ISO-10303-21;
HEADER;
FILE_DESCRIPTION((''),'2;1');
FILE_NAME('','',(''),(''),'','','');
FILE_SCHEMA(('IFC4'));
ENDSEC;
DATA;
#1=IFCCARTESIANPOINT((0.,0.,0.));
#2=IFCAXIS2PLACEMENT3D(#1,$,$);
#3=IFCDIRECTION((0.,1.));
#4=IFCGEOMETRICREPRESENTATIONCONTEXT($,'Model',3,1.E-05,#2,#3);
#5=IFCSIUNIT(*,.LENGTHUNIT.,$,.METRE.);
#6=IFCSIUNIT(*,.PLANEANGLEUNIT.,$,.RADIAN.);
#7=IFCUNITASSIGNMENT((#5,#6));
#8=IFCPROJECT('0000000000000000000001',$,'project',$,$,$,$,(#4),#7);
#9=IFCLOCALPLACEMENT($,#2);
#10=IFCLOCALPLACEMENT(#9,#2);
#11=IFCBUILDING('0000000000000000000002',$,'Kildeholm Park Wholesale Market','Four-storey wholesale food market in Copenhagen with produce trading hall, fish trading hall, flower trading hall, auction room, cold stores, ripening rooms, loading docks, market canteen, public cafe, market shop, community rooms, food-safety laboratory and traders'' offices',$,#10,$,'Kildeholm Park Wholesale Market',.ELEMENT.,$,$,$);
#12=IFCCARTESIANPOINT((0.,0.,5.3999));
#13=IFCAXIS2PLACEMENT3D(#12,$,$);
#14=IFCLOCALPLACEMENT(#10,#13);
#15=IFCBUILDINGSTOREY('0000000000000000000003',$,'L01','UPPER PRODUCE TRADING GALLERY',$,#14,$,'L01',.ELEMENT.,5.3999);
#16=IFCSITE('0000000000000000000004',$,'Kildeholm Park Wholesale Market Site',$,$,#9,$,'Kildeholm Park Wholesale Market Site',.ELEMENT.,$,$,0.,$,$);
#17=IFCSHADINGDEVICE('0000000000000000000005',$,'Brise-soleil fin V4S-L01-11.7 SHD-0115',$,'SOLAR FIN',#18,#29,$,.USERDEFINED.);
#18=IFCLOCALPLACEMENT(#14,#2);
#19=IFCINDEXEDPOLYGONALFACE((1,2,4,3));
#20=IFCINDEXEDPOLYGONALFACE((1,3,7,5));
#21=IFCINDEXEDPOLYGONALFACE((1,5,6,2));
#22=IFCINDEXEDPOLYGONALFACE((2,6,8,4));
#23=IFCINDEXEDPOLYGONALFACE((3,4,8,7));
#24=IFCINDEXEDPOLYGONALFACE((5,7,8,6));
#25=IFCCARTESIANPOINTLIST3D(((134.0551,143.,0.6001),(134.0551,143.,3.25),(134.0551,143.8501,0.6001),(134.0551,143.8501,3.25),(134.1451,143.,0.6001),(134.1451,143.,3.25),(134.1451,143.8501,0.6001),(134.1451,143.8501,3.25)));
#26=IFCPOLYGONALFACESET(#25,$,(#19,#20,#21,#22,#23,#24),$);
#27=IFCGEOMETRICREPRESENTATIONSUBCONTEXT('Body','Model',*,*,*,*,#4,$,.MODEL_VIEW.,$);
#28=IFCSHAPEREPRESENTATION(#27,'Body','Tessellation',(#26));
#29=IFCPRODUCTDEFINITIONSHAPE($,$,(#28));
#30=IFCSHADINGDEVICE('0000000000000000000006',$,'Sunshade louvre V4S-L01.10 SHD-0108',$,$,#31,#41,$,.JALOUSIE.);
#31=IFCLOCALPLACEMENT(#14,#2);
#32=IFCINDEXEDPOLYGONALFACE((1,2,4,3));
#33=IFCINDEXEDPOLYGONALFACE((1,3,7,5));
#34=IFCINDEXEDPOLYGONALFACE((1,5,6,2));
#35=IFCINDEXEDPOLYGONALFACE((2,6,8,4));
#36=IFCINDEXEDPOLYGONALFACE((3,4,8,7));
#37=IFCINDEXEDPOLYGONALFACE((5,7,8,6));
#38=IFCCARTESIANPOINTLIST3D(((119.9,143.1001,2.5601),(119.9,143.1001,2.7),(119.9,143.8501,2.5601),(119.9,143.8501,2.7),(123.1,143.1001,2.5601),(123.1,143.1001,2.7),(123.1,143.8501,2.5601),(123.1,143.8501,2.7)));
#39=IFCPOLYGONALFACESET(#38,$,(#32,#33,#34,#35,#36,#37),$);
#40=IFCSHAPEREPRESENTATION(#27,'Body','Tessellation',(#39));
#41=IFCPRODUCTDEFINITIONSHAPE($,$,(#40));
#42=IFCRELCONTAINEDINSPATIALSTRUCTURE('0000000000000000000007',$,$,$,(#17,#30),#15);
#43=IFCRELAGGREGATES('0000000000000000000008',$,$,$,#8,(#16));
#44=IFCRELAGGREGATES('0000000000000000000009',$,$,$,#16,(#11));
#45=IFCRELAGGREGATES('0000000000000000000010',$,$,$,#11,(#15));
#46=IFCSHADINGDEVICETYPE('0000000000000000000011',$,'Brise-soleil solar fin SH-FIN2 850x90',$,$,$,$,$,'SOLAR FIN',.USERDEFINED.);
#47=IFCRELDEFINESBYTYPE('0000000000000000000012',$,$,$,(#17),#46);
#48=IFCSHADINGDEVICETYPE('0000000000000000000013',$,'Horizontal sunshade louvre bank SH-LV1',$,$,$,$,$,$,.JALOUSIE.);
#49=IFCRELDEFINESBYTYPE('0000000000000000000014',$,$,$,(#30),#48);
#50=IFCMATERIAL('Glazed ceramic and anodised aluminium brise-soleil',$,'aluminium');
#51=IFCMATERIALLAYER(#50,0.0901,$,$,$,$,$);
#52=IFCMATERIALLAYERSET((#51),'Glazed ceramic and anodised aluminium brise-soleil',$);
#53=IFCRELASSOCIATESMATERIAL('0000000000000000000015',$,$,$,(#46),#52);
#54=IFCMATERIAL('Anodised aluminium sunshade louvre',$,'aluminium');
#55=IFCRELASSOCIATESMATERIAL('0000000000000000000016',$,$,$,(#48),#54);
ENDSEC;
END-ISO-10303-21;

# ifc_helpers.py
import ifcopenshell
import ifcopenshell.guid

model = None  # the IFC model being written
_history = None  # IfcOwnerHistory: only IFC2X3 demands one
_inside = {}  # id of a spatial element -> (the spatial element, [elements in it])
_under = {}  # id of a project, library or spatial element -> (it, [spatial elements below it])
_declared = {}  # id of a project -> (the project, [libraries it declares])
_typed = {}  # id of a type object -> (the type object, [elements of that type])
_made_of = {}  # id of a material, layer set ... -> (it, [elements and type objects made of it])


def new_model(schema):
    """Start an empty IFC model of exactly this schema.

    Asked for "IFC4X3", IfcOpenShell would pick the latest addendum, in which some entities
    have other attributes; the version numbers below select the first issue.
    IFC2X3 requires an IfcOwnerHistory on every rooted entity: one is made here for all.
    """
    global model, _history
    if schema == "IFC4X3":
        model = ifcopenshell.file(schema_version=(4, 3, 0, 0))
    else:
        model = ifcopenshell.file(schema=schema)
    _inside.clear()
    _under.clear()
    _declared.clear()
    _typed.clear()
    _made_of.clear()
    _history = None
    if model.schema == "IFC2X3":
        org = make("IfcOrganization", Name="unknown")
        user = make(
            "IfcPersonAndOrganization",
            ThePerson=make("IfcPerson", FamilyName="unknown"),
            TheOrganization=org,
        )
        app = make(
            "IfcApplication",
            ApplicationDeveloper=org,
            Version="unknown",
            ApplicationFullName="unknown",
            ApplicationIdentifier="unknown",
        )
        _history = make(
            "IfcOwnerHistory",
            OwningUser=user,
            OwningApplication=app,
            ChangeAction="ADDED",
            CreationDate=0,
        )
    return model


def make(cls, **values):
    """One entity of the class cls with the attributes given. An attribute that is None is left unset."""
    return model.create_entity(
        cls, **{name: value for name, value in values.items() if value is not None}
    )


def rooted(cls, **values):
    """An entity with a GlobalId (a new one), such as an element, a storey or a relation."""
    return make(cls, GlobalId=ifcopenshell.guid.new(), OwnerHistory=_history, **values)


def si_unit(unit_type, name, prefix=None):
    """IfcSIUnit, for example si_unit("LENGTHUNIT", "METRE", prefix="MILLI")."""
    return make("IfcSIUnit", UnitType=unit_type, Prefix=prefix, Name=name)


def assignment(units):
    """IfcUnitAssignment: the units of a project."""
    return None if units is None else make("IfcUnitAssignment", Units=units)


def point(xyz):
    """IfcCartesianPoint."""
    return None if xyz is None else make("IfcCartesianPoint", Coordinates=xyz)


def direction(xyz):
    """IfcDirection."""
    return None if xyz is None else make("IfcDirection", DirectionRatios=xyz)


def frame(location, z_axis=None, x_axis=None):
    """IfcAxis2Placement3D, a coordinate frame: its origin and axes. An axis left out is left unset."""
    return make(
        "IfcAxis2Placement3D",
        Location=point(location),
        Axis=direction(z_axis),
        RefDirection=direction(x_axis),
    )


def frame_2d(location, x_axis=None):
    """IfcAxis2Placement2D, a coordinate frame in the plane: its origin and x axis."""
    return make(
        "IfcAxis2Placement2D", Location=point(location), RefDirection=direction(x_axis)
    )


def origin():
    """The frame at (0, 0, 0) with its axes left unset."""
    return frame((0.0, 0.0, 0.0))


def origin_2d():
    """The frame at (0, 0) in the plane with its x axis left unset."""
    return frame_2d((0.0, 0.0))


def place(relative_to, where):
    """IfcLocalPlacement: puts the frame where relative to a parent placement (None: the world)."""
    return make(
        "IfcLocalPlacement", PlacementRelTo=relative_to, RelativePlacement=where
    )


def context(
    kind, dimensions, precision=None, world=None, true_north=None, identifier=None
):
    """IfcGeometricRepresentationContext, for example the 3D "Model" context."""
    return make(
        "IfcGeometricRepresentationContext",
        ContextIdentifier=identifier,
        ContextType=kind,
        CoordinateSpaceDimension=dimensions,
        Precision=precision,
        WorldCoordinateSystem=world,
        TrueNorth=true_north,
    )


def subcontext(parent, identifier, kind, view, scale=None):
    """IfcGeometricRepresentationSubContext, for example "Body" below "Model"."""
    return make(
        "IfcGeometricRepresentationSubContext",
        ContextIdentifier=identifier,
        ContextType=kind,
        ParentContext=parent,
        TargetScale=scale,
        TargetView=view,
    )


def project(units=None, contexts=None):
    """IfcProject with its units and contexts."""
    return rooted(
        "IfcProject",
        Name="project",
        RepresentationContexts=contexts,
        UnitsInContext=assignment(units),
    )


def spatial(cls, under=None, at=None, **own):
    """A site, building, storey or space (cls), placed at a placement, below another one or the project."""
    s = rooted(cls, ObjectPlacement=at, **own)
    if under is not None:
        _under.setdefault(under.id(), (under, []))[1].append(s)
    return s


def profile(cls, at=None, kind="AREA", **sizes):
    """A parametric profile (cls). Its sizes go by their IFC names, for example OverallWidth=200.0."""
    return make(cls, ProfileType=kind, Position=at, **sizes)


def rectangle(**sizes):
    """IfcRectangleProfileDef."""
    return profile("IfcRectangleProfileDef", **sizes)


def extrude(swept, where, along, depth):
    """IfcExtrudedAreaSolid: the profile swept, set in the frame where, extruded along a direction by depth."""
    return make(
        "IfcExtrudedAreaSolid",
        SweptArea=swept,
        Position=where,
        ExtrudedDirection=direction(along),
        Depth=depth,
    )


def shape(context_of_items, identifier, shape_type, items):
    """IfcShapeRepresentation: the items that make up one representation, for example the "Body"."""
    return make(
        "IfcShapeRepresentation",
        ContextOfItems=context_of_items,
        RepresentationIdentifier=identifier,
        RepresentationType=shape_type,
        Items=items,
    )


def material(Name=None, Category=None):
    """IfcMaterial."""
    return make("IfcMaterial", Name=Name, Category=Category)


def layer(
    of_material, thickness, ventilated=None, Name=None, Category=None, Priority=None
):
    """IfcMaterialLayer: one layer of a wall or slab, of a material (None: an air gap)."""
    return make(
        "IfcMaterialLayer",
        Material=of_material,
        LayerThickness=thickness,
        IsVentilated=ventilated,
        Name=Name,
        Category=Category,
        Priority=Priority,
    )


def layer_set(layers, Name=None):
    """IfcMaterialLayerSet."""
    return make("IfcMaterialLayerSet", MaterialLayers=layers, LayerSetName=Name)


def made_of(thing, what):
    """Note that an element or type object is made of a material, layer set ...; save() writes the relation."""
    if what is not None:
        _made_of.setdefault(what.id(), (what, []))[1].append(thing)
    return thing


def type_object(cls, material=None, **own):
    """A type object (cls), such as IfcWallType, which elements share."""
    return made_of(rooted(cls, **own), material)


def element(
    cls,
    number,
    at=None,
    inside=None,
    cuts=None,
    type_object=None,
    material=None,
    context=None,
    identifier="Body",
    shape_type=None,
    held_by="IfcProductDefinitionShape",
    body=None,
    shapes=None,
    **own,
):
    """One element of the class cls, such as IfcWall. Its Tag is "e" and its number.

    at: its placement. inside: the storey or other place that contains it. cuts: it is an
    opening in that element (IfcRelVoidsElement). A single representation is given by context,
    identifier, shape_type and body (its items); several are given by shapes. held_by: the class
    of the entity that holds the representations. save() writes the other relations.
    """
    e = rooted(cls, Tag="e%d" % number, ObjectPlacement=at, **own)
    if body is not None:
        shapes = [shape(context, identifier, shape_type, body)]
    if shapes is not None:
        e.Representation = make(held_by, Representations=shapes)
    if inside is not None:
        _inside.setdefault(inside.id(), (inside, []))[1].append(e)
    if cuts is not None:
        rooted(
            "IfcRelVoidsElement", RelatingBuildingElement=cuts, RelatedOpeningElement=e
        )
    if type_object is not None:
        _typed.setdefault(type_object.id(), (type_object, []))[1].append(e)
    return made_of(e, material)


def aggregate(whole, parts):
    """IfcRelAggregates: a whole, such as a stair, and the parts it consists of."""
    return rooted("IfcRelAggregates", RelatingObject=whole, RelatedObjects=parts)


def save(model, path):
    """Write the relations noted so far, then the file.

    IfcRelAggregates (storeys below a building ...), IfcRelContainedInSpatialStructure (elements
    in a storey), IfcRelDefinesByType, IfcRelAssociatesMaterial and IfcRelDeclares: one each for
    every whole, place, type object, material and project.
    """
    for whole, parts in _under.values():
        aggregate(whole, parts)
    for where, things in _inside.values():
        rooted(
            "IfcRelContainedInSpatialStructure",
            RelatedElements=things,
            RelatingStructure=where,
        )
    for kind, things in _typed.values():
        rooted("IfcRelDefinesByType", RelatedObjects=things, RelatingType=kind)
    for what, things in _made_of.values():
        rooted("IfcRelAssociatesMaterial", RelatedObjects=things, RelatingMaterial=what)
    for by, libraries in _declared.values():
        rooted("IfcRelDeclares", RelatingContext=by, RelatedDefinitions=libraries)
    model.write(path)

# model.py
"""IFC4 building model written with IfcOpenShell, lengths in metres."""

from ifc_helpers import new_model, si_unit, direction, frame, origin, origin_2d, place, context, subcontext, project, spatial, rectangle, extrude, material, layer, layer_set, type_object, element, save


model = new_model("IFC4")

# Units and contexts
model_context = context("Model", 3, precision=1e-05, world=origin(), true_north=direction((0.0, 1.0)))
body_context = subcontext(model_context, "Body", "Model", "MODEL_VIEW")
ifc_project = project(units=[si_unit("LENGTHUNIT", "METRE"), si_unit("PLANEANGLEUNIT", "RADIAN")], contexts=[model_context])

# Site, building, storey
site_placement = place(None, origin())
site = spatial("IfcSite", under=ifc_project, at=site_placement, Name="Kildeholm Park Wholesale Market Site", LongName="Kildeholm Park Wholesale Market Site", CompositionType="ELEMENT", RefElevation=0.0)
building_placement = place(site_placement, origin())
building = spatial("IfcBuilding", under=site, at=building_placement, Name="Kildeholm Park Wholesale Market", Description="Four-storey wholesale food market in Copenhagen with produce trading hall, fish trading hall, flower trading hall, auction room, cold stores, ripening rooms, loading docks, market canteen, public cafe, market shop, community rooms, food-safety laboratory and traders' offices", LongName="Kildeholm Park Wholesale Market", CompositionType="ELEMENT")
storey_placement = place(building_placement, frame((0.0, 0.0, 5.3999)))
storey = spatial("IfcBuildingStorey", under=building, at=storey_placement, Name="L01", Description="UPPER PRODUCE TRADING GALLERY", LongName="L01", CompositionType="ELEMENT", Elevation=5.3999)

# Shading devices
ifc_material_1 = material(Name="Glazed ceramic and anodised aluminium brise-soleil", Category="aluminium")
ifc_layer_1 = layer(ifc_material_1, 0.0901)
ifc_layer_set_1 = layer_set([ifc_layer_1], Name="Glazed ceramic and anodised aluminium brise-soleil")
shading_device_type_1 = type_object("IfcShadingDeviceType", Name="Brise-soleil solar fin SH-FIN2 850x90", ElementType="SOLAR FIN", PredefinedType="USERDEFINED", material=ifc_layer_set_1)
for number, where, z_axis, x_axis, name in (
    (1, (134.1001, 143.425, 0.6001), (0.0, 0.0, 1.0), (0.0, -1.0, 0.0), "Brise-soleil fin V4S-L01-11.7 SHD-0115"),
):
    element("IfcShadingDevice", number, at=place(storey_placement, frame(where, z_axis=z_axis, x_axis=x_axis)), inside=storey, type_object=shading_device_type_1, Name=name, ObjectType="SOLAR FIN", PredefinedType="USERDEFINED", context=body_context, shape_type="SweptSolid", body=[
        extrude(rectangle(XDim=0.8501, YDim=0.0901, at=origin_2d()), origin(), (0.0, 0.0, 1.0), 2.6499),
    ])
ifc_material_2 = material(Name="Anodised aluminium sunshade louvre", Category="aluminium")
shading_device_type_2 = type_object("IfcShadingDeviceType", Name="Horizontal sunshade louvre bank SH-LV1", PredefinedType="JALOUSIE", material=ifc_material_2)
shading_device_placement = place(storey_placement, frame((121.5, 143.4751, 2.5601), z_axis=(0.0, 0.0, 1.0), x_axis=(1.0, 0.0, 0.0)))
element("IfcShadingDevice", 2, at=shading_device_placement, inside=storey, type_object=shading_device_type_2, Name="Sunshade louvre V4S-L01.10 SHD-0108", PredefinedType="JALOUSIE", context=body_context, shape_type="SweptSolid", body=[
    extrude(rectangle(XDim=3.2, YDim=0.75, at=origin_2d()), origin(), (0.0, 0.0, 1.0), 0.1399),
])

save(model, "model.ifc")
